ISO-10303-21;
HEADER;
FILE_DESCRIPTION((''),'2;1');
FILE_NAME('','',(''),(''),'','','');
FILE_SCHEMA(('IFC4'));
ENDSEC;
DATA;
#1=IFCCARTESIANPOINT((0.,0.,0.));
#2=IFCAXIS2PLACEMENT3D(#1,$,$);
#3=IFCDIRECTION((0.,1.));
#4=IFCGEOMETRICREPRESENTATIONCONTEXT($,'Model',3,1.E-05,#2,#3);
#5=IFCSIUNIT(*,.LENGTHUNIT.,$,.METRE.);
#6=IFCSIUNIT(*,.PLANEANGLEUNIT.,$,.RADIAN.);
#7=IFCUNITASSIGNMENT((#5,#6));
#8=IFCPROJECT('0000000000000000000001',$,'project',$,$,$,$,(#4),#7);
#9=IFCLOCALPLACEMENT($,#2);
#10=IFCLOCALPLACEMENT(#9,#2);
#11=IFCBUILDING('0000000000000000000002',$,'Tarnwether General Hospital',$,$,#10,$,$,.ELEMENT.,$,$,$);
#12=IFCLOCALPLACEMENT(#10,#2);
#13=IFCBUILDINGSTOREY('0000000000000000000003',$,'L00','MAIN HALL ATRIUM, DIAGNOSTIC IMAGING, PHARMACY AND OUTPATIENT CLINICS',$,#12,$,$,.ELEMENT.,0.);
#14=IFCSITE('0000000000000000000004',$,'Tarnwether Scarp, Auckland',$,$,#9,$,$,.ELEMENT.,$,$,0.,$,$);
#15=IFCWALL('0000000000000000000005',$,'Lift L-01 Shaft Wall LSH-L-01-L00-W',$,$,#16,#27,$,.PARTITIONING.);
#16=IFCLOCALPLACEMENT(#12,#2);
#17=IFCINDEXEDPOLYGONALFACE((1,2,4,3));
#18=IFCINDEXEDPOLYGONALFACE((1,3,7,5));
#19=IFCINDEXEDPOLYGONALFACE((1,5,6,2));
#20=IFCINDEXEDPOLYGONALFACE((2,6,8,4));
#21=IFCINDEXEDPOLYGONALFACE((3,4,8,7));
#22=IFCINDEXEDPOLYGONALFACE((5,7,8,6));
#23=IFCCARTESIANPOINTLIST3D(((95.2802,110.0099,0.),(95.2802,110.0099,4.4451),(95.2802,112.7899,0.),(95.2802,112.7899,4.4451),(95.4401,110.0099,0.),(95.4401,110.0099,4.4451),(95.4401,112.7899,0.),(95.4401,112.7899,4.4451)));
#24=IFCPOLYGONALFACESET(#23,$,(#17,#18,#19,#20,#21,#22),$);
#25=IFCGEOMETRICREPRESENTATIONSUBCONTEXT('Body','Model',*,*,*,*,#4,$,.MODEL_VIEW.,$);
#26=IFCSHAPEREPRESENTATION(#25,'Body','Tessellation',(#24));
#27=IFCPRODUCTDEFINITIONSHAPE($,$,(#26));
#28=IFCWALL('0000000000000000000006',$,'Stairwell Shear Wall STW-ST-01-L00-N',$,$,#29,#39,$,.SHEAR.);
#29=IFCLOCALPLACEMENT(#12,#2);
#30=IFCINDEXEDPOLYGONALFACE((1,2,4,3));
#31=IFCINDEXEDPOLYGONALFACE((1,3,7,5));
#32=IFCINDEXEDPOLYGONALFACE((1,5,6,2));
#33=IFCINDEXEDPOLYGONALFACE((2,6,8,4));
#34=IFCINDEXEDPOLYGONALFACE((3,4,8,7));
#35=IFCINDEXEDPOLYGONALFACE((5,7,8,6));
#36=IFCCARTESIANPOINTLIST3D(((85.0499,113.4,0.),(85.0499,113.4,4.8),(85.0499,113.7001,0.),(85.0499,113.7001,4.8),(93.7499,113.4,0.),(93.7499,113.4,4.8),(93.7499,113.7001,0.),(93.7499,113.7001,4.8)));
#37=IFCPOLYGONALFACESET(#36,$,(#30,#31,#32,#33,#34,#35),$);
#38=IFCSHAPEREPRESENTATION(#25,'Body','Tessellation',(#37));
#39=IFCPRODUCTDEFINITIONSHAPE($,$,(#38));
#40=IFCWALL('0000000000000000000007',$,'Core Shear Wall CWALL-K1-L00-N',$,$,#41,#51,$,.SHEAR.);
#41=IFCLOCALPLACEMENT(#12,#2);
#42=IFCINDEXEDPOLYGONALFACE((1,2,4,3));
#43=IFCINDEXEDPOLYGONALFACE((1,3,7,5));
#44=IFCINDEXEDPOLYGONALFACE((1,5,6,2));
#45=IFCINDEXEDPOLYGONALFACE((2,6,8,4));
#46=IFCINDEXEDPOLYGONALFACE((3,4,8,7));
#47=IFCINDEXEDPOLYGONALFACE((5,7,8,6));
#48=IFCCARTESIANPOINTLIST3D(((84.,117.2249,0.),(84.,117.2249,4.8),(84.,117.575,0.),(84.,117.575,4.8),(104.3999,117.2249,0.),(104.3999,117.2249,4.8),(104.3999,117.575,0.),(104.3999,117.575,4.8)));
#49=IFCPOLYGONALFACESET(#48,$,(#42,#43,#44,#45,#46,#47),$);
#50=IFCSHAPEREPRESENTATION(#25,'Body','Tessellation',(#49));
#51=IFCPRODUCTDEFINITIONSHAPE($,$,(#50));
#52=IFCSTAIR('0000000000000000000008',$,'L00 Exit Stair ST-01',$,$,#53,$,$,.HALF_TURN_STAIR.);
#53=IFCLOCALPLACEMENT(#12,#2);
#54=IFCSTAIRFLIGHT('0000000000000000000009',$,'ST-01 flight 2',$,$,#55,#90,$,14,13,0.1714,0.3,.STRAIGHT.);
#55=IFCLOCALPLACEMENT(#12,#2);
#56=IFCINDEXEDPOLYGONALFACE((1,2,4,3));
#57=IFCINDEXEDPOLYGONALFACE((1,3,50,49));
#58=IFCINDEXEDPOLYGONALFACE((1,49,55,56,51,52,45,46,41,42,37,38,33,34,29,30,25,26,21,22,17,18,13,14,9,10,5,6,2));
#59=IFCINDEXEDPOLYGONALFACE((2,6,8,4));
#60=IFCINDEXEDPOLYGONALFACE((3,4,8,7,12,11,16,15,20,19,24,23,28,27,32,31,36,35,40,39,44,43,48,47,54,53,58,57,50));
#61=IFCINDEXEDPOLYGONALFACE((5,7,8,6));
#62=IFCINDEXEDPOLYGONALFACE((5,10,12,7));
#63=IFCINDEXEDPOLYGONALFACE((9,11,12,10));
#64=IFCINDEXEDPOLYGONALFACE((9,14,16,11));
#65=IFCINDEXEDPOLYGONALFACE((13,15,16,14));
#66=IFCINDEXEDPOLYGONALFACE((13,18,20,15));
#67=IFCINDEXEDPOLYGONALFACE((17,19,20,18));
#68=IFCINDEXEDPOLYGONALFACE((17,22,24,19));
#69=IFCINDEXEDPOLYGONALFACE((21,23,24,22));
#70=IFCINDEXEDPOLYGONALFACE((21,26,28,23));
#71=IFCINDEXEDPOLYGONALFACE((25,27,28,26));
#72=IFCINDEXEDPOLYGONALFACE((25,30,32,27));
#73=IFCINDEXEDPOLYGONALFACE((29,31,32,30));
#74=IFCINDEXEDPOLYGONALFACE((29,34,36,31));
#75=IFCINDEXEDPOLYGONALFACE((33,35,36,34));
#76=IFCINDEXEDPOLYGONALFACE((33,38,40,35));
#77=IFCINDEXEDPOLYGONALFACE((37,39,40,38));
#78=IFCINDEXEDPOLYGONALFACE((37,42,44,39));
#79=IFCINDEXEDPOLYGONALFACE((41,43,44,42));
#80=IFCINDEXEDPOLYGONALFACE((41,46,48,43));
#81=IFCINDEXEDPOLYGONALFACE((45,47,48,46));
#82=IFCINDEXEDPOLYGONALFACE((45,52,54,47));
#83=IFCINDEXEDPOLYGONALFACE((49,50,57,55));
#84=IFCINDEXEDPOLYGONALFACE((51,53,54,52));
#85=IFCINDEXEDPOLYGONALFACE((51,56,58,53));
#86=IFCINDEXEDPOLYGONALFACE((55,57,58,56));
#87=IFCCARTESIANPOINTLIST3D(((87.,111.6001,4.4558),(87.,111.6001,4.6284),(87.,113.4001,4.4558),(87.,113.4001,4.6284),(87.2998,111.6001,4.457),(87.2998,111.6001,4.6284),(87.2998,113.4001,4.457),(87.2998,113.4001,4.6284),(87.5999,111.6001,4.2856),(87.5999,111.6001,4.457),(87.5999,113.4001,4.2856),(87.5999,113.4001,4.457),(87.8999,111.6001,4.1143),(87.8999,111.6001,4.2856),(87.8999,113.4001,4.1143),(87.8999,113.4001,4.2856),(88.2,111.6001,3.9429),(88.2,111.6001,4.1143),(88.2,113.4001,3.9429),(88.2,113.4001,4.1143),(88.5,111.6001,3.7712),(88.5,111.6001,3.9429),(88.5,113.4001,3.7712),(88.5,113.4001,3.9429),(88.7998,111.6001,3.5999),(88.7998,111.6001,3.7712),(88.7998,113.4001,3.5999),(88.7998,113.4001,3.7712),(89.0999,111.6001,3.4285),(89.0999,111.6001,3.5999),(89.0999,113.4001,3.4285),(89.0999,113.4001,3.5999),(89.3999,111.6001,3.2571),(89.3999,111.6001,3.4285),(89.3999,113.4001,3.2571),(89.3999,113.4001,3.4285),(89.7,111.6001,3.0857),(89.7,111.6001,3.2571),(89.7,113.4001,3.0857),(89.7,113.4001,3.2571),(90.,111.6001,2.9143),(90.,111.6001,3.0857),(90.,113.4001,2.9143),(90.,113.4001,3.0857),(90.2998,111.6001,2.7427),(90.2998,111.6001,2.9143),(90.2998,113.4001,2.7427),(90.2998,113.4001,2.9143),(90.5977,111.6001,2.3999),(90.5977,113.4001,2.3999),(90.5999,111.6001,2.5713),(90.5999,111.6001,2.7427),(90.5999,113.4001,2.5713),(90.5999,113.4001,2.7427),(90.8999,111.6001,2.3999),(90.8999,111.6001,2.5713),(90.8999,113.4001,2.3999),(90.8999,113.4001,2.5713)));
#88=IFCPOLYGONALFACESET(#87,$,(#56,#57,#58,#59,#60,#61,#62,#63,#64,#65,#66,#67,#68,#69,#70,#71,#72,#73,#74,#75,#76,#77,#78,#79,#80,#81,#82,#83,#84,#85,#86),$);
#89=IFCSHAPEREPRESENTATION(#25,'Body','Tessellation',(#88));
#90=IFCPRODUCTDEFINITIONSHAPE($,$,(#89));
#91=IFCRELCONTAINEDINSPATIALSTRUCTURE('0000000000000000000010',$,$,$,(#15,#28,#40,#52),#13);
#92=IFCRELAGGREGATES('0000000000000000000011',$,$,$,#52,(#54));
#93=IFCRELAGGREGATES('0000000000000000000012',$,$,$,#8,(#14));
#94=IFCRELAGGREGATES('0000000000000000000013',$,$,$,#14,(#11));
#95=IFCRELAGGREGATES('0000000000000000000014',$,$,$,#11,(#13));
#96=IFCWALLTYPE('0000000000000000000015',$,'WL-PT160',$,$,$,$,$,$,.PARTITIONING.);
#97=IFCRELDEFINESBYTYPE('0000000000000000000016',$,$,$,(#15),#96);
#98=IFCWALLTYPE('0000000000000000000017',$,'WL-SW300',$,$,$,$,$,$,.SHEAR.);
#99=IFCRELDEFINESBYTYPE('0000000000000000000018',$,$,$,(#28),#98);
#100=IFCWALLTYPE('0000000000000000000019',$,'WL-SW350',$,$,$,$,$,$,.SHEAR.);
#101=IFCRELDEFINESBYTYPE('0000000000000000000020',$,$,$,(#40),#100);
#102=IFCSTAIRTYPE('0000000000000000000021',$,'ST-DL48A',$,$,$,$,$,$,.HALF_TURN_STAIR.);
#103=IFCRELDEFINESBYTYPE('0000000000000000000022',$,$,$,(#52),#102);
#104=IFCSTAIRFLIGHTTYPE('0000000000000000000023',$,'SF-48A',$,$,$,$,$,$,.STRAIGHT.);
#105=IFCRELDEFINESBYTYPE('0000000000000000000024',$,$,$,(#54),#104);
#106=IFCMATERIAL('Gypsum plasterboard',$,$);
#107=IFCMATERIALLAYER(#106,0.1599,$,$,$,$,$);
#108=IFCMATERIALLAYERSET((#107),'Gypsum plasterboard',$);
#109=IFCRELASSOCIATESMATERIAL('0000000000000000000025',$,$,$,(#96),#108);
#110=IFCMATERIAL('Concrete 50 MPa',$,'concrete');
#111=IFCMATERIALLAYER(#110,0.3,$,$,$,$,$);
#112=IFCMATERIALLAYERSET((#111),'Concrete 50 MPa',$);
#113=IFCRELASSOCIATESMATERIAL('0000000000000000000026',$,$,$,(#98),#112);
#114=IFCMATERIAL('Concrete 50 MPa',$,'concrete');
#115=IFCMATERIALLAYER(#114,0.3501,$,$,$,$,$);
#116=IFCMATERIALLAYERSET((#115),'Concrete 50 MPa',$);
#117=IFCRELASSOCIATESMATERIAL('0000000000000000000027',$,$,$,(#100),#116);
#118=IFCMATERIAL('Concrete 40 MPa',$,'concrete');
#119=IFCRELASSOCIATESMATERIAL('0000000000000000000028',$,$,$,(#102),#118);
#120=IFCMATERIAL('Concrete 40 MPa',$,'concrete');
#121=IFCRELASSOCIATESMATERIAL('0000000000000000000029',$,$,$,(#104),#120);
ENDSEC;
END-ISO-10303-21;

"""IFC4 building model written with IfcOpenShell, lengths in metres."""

from ifc_helpers import new_model, si_unit, direction, frame, frame_2d, origin, place, context, subcontext, project, spatial, polyline, rectangle, outline, extrude, material, layer, layer_set, type_object, element, aggregate, save


model = new_model("IFC4")

# Units and contexts
model_context = context("Model", 3, precision=1e-05, world=origin(), true_north=direction((0.0, 1.0)))
body_context = subcontext(model_context, "Body", "Model", "MODEL_VIEW")
ifc_project = project(units=[si_unit("LENGTHUNIT", "METRE"), si_unit("PLANEANGLEUNIT", "RADIAN")], contexts=[model_context])

# Site, building, storey
site_placement = place(None, origin())
site = spatial("IfcSite", under=ifc_project, at=site_placement, Name="Tarnwether Scarp, Auckland", CompositionType="ELEMENT", RefElevation=0.0)
building_placement = place(site_placement, origin())
building = spatial("IfcBuilding", under=site, at=building_placement, Name="Tarnwether General Hospital", CompositionType="ELEMENT")
storey_placement = place(building_placement, origin())
storey = spatial("IfcBuildingStorey", under=building, at=storey_placement, Name="L00", Description="MAIN HALL ATRIUM, DIAGNOSTIC IMAGING, PHARMACY AND OUTPATIENT CLINICS", CompositionType="ELEMENT", Elevation=0.0)

# Walls
ifc_material_1 = material(Name="Gypsum plasterboard")
ifc_layer_1 = layer(ifc_material_1, 0.1599)
ifc_layer_set_1 = layer_set([ifc_layer_1], Name="Gypsum plasterboard")
wall_type_1 = type_object("IfcWallType", Name="WL-PT160", PredefinedType="PARTITIONING", material=ifc_layer_set_1)
wall_1_placement = place(storey_placement, frame((95.3601, 112.79, 0.0), z_axis=(0.0, 0.0, 1.0), x_axis=(0.0, -1.0, 0.0)))
element("IfcWall", 1, at=wall_1_placement, inside=storey, type_object=wall_type_1, Name="Lift L-01 Shaft Wall LSH-L-01-L00-W", PredefinedType="PARTITIONING", context=body_context, shape_type="SweptSolid", body=[
    extrude(rectangle(XDim=2.78, YDim=0.1599, at=frame_2d((1.3901, 0.0))), origin(), (0.0, 0.0, 1.0), 4.4451),
])
ifc_material_2 = material(Name="Concrete 50 MPa", Category="concrete")
ifc_layer_2 = layer(ifc_material_2, 0.3)
ifc_layer_set_2 = layer_set([ifc_layer_2], Name="Concrete 50 MPa")
wall_type_2 = type_object("IfcWallType", Name="WL-SW300", PredefinedType="SHEAR", material=ifc_layer_set_2)
wall_2_placement = place(storey_placement, frame((93.75, 113.55, 0.0), z_axis=(0.0, 0.0, 1.0), x_axis=(-1.0, 0.0, 0.0)))
element("IfcWall", 2, at=wall_2_placement, inside=storey, type_object=wall_type_2, Name="Stairwell Shear Wall STW-ST-01-L00-N", PredefinedType="SHEAR", context=body_context, shape_type="SweptSolid", body=[
    extrude(rectangle(XDim=8.7, YDim=0.3, at=frame_2d((4.3501, 0.0))), origin(), (0.0, 0.0, 1.0), 4.8),
])
ifc_material_3 = material(Name="Concrete 50 MPa", Category="concrete")
ifc_layer_3 = layer(ifc_material_3, 0.3501)
ifc_layer_set_3 = layer_set([ifc_layer_3], Name="Concrete 50 MPa")
wall_type_3 = type_object("IfcWallType", Name="WL-SW350", PredefinedType="SHEAR", material=ifc_layer_set_3)
wall_3_placement = place(storey_placement, frame((84.0, 117.3999, 0.0), z_axis=(0.0, 0.0, 1.0), x_axis=(1.0, 0.0, 0.0)))
element("IfcWall", 3, at=wall_3_placement, inside=storey, type_object=wall_type_3, Name="Core Shear Wall CWALL-K1-L00-N", PredefinedType="SHEAR", context=body_context, shape_type="SweptSolid", body=[
    extrude(rectangle(XDim=20.3999, YDim=0.3501, at=frame_2d((10.2, 0.0))), origin(), (0.0, 0.0, 1.0), 4.8),
])

# Stair, stair flight
ifc_material_4 = material(Name="Concrete 40 MPa", Category="concrete")
stair_type = type_object("IfcStairType", Name="ST-DL48A", PredefinedType="HALF_TURN_STAIR", material=ifc_material_4)
stair_placement = place(storey_placement, origin())
stair = element("IfcStair", 4, at=stair_placement, inside=storey, type_object=stair_type, Name="L00 Exit Stair ST-01", PredefinedType="HALF_TURN_STAIR")
ifc_material_5 = material(Name="Concrete 40 MPa", Category="concrete")
stair_flight_type = type_object("IfcStairFlightType", Name="SF-48A", PredefinedType="STRAIGHT", material=ifc_material_5)
stair_flight_placement = place(storey_placement, frame((90.8999, 112.5, 2.3999), z_axis=(0.0, 0.0, 1.0), x_axis=(-1.0, 0.0, 0.0)))
stair_flight = element("IfcStairFlight", 5, at=stair_flight_placement, type_object=stair_flight_type, Name="ST-01 flight 2", NumberOfRisers=14, NumberOfTreads=13, PredefinedType="STRAIGHT", RiserHeight=0.1714, TreadLength=0.3, context=body_context, shape_type="SweptSolid", body=[
    extrude(outline(polyline([(0.0, 0.0), (0.0, 0.1714), (0.3, 0.1714), (0.3, 0.3428), (0.6001, 0.3428), (0.6001, 0.5144), (0.8999, 0.5144), (0.8999, 0.6858), (1.2, 0.6858), (1.2, 0.8572), (1.5, 0.8572), (1.5, 1.0286), (1.8, 1.0286), (1.8, 1.2), (2.1001, 1.2), (2.1001, 1.3713), (2.3999, 1.3713), (2.3999, 1.543), (2.7, 1.543), (2.7, 1.7144), (3.0, 1.7144), (3.0, 1.8857), (3.3, 1.8857), (3.3, 2.0571), (3.6001, 2.0571), (3.6001, 2.2285), (3.8999, 2.2285), (3.8999, 2.3999), (3.8999, 2.0559), (0.3022, 0.0), (0.0, 0.0)])), frame((0.0, 0.8999, 0.0), z_axis=(0.0, -1.0, 0.0), x_axis=(1.0, 0.0, 0.0)), (0.0, 0.0, 1.0), 1.8),
])
aggregate(stair, [stair_flight])

save(model, "model.ifc")
